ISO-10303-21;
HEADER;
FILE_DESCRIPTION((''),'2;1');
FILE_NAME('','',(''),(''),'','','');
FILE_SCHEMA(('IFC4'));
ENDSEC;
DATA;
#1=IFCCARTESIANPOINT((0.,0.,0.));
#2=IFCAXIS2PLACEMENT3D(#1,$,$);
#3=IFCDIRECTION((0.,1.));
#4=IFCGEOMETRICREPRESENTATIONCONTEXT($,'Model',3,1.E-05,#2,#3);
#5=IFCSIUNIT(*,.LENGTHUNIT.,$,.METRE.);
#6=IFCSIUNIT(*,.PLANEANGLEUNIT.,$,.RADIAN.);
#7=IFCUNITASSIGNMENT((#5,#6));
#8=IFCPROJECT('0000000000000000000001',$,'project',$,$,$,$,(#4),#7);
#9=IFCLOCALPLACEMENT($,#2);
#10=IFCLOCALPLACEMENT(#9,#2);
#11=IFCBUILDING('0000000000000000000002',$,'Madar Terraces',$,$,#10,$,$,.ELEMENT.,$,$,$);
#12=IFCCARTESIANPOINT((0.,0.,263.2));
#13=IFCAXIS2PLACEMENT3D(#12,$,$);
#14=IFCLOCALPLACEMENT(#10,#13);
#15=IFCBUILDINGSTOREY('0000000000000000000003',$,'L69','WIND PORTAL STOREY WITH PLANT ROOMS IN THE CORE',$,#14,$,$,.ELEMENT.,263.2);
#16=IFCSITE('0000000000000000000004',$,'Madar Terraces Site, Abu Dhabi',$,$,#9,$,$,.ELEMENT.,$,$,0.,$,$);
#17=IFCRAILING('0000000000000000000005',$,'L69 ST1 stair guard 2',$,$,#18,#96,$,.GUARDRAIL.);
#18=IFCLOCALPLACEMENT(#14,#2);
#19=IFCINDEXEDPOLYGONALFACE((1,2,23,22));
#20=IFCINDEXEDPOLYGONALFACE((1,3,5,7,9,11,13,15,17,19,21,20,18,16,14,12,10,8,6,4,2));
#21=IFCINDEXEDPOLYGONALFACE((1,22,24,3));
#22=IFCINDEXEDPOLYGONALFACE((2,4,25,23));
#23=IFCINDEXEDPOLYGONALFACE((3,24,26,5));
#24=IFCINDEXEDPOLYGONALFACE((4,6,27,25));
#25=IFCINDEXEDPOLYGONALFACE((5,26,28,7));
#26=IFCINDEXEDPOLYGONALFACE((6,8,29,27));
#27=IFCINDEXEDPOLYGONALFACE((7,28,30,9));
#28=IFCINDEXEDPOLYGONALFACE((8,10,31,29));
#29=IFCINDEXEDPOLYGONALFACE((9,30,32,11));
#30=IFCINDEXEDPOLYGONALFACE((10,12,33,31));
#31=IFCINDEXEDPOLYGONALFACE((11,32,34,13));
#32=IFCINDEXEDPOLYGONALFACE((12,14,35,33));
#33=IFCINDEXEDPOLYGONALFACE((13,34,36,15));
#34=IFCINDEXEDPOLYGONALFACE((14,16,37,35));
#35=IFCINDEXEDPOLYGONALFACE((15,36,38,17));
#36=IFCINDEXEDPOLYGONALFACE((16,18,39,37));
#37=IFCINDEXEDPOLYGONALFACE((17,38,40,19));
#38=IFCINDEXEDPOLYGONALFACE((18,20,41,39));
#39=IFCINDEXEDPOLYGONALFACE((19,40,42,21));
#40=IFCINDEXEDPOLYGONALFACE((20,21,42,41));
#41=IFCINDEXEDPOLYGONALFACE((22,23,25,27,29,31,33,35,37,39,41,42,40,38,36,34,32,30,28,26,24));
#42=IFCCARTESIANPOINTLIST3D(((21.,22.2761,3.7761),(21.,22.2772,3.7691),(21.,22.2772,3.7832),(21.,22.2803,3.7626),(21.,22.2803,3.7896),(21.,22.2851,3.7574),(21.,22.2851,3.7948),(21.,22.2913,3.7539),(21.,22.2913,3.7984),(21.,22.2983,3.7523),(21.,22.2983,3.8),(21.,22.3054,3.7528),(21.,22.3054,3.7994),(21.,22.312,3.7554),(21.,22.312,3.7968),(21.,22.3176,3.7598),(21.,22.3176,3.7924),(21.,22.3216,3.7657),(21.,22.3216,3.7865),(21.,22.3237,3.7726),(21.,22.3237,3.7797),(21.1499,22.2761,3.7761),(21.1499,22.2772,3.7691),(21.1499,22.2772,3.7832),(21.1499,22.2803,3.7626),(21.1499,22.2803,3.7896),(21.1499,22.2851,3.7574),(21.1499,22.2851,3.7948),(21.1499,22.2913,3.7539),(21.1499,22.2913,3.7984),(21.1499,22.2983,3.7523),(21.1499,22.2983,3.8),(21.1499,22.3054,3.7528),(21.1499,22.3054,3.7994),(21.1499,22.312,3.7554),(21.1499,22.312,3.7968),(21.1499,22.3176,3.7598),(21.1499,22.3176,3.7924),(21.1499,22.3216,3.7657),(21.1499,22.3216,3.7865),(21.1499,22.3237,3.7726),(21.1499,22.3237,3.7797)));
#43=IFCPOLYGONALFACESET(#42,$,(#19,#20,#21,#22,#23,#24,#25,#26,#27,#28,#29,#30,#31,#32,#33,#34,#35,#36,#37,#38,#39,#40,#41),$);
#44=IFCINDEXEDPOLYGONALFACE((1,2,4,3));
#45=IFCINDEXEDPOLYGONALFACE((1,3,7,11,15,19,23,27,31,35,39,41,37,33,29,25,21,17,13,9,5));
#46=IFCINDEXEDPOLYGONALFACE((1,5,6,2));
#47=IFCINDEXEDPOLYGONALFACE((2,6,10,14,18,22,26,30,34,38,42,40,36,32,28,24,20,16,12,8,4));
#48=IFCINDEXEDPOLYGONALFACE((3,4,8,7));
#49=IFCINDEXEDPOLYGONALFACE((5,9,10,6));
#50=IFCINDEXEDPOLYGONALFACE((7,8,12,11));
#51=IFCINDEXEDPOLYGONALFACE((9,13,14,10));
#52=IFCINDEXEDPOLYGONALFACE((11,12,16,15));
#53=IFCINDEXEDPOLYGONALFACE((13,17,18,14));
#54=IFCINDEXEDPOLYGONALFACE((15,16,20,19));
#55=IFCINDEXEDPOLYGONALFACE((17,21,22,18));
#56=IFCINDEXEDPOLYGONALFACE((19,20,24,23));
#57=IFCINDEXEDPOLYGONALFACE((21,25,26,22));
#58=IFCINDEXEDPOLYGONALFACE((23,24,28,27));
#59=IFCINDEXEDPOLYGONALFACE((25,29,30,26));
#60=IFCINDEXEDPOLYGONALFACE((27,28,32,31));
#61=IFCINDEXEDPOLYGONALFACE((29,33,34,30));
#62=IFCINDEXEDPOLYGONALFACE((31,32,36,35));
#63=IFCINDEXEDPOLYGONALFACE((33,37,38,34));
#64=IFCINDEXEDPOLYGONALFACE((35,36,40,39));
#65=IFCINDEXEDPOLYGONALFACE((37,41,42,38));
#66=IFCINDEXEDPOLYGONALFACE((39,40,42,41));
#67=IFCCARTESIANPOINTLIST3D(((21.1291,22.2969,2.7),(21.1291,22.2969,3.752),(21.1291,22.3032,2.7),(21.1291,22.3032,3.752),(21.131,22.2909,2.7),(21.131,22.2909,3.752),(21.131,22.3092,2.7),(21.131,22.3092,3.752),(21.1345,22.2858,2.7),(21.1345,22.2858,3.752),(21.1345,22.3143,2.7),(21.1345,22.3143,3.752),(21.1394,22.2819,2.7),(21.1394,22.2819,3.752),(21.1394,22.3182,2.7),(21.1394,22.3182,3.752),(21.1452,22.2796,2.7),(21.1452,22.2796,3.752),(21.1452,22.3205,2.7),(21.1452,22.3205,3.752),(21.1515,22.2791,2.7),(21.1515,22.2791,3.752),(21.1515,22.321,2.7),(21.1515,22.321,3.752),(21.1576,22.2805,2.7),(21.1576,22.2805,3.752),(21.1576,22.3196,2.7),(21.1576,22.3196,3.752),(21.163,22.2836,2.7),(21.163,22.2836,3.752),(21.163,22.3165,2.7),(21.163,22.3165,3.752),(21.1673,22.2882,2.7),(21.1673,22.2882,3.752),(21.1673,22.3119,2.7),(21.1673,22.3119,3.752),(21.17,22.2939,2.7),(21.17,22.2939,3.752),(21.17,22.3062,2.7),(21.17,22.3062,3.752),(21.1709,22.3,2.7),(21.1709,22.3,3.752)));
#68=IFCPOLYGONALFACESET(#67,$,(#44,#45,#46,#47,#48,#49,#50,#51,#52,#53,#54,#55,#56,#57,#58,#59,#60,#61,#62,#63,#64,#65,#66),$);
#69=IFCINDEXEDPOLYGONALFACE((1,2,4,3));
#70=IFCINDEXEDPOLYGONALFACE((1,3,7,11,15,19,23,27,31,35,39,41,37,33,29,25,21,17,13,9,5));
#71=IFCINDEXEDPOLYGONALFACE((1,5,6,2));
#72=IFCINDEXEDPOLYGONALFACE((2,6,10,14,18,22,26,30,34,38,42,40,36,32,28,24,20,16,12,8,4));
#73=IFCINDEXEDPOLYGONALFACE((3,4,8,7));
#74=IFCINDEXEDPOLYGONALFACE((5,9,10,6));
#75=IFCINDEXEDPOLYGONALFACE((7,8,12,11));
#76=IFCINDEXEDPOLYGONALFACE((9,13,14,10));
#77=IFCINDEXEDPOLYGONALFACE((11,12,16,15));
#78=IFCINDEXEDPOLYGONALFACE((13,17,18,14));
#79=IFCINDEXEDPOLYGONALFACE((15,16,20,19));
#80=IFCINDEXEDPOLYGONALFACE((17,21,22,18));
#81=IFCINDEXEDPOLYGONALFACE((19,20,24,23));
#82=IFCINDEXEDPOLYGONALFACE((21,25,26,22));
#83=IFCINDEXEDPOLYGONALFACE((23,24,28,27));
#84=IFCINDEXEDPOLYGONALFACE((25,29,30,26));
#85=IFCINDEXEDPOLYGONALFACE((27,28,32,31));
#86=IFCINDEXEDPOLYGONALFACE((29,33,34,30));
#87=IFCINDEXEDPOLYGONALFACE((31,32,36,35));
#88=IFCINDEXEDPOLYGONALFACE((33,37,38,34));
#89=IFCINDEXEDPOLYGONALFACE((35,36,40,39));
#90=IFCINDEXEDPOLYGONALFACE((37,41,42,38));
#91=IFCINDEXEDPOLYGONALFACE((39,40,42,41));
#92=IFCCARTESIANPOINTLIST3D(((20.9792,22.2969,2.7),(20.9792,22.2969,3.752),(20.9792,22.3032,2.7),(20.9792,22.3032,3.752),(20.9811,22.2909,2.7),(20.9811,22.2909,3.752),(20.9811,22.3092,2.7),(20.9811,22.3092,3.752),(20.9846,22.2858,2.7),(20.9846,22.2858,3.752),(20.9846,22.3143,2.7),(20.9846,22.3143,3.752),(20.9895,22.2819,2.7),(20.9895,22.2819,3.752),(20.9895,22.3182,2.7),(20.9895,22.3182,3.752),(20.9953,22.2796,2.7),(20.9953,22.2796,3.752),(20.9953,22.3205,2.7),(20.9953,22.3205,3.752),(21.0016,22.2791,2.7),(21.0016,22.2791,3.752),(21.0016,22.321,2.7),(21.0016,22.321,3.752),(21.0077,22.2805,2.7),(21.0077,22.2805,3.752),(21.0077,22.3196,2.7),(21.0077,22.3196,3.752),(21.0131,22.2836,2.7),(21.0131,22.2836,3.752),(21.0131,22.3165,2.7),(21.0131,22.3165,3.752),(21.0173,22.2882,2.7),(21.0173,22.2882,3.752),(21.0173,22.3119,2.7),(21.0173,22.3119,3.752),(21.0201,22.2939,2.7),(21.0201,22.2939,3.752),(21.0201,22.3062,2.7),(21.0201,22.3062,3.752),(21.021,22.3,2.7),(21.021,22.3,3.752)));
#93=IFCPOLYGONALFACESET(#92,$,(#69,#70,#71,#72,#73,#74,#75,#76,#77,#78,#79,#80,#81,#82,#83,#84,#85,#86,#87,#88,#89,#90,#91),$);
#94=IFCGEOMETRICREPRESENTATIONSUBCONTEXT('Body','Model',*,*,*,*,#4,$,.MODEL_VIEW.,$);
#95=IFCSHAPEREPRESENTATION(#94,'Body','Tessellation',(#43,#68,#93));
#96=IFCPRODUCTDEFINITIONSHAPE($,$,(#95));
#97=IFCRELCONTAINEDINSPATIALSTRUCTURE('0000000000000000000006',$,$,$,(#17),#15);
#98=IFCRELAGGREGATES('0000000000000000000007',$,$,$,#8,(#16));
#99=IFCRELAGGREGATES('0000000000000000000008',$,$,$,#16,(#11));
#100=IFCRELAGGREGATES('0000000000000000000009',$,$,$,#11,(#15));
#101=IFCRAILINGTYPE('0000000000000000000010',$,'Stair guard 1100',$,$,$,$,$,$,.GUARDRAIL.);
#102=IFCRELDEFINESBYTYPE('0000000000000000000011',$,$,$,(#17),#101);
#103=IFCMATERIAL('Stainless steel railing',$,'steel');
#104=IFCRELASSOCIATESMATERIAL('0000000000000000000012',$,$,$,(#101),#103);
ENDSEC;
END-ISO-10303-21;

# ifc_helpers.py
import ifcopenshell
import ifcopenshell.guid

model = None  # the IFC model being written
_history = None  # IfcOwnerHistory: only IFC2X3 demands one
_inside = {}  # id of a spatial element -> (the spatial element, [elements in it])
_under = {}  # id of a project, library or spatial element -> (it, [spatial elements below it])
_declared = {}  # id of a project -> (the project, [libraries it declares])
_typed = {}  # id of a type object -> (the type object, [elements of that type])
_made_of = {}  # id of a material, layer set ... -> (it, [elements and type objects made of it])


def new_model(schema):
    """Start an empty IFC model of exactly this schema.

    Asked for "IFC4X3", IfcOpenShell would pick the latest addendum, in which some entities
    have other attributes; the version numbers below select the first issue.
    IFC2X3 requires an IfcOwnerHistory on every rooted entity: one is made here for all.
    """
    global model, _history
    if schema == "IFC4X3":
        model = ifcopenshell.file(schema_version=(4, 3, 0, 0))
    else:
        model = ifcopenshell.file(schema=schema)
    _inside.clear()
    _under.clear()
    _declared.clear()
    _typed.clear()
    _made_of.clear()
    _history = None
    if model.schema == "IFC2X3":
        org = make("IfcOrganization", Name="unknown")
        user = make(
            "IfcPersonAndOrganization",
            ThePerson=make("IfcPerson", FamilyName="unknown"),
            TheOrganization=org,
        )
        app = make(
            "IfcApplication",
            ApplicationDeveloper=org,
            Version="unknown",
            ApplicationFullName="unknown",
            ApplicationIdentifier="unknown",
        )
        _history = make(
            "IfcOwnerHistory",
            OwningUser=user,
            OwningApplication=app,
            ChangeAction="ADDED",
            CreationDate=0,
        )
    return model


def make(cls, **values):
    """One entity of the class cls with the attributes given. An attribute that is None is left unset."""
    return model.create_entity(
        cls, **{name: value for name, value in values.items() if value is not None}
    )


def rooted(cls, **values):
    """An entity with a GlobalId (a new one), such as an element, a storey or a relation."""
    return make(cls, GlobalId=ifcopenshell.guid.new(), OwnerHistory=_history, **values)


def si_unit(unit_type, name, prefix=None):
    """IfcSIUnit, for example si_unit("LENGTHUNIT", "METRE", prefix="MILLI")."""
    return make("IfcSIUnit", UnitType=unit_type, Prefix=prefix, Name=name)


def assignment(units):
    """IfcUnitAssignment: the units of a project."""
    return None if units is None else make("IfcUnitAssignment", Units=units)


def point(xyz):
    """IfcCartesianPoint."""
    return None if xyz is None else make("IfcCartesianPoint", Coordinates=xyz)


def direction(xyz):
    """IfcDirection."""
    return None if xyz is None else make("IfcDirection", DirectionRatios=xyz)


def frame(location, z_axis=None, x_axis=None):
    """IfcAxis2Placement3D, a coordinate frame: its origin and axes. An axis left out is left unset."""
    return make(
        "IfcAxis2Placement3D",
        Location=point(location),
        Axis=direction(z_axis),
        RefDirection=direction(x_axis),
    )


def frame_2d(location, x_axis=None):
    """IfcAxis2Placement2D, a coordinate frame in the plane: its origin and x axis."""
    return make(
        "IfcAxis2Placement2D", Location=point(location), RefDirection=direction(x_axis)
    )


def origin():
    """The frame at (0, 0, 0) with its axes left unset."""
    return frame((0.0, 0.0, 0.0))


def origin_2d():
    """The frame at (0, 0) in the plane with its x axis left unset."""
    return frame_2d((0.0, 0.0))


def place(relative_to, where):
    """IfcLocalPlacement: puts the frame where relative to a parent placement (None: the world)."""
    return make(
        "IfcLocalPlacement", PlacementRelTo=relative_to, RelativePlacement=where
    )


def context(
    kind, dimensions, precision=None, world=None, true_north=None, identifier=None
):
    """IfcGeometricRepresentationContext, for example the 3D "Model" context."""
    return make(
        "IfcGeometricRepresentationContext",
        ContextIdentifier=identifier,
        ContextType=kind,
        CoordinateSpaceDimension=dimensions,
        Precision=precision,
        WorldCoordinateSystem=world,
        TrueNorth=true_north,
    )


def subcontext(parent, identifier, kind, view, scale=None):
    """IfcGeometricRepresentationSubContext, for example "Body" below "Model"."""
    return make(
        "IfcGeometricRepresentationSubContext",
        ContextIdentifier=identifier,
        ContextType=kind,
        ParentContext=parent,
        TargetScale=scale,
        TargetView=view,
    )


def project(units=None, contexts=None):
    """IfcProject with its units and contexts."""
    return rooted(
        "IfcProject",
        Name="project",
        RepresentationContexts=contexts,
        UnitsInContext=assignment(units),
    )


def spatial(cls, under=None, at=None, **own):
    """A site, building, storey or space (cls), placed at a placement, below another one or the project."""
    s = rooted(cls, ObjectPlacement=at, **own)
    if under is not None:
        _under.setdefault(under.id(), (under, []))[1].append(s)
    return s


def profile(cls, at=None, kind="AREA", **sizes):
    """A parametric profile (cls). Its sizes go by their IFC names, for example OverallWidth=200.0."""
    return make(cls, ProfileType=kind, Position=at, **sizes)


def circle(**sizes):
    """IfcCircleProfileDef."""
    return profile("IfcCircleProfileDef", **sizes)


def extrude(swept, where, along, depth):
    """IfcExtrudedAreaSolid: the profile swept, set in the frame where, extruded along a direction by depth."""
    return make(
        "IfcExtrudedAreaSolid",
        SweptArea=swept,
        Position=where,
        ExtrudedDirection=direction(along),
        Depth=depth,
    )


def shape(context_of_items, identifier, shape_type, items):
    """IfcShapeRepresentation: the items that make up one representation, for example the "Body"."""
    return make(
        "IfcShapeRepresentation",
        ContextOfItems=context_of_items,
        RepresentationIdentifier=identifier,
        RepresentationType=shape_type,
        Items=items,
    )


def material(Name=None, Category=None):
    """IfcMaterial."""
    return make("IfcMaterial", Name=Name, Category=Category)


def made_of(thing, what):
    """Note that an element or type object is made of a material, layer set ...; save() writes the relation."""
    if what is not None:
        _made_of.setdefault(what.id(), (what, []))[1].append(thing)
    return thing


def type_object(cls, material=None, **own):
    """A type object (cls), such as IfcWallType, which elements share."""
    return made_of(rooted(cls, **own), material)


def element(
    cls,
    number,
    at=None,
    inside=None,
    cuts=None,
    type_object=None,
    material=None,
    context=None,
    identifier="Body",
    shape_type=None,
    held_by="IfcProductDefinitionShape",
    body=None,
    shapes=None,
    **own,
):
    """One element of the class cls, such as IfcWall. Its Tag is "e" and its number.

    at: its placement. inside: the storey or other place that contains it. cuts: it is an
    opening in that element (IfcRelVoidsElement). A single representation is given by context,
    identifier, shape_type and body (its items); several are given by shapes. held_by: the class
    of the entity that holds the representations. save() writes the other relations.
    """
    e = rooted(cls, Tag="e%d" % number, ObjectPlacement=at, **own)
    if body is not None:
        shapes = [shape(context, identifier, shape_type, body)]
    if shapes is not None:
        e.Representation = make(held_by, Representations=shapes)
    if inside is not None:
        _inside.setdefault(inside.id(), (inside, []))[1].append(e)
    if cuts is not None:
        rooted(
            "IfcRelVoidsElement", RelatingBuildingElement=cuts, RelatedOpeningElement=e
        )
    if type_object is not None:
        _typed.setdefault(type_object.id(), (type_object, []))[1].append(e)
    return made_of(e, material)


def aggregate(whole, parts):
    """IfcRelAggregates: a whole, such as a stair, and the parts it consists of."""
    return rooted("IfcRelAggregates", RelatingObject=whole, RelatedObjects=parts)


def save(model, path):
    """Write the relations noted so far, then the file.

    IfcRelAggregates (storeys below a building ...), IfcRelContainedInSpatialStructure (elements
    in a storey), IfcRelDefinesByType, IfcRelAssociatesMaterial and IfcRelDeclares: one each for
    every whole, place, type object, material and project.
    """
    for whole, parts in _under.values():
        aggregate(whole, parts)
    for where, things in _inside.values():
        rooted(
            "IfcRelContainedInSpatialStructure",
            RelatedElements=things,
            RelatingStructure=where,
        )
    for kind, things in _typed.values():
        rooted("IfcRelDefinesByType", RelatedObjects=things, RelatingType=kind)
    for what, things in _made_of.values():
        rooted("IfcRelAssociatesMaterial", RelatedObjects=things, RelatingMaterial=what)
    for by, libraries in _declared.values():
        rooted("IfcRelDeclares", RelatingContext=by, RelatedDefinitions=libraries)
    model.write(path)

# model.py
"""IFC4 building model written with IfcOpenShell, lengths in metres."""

from ifc_helpers import new_model, si_unit, direction, frame, origin, origin_2d, place, context, subcontext, project, spatial, circle, extrude, material, type_object, element, save


model = new_model("IFC4")

# Units and contexts
model_context = context("Model", 3, precision=1e-05, world=origin(), true_north=direction((0.0, 1.0)))
body_context = subcontext(model_context, "Body", "Model", "MODEL_VIEW")
ifc_project = project(units=[si_unit("LENGTHUNIT", "METRE"), si_unit("PLANEANGLEUNIT", "RADIAN")], contexts=[model_context])

# Site, building, storey
site_placement = place(None, origin())
site = spatial("IfcSite", under=ifc_project, at=site_placement, Name="Madar Terraces Site, Abu Dhabi", CompositionType="ELEMENT", RefElevation=0.0)
building_placement = place(site_placement, origin())
building = spatial("IfcBuilding", under=site, at=building_placement, Name="Madar Terraces", CompositionType="ELEMENT")
storey_placement = place(building_placement, frame((0.0, 0.0, 263.2)))
storey = spatial("IfcBuildingStorey", under=building, at=storey_placement, Name="L69", Description="WIND PORTAL STOREY WITH PLANT ROOMS IN THE CORE", CompositionType="ELEMENT", Elevation=263.2)

# Railing
ifc_material_1 = material(Name="Stainless steel railing", Category="steel")
railing_type_1 = type_object("IfcRailingType", Name="Stair guard 1100", PredefinedType="GUARDRAIL", material=ifc_material_1)
railing_1_placement = place(storey_placement, frame((21.1499, 22.3, 2.7)))
element("IfcRailing", 1, at=railing_1_placement, inside=storey, type_object=railing_type_1, Name="L69 ST1 stair guard 2", PredefinedType="GUARDRAIL", context=body_context, shape_type="SweptSolid", body=[
    extrude(circle(Radius=0.0239, at=origin_2d()), frame((0.0, 0.0, 1.0762), z_axis=(-1.0, 0.0, 0.0), x_axis=(0.0, -1.0, 0.0)), (0.0, 0.0, 1.0), 0.1499),
    extrude(circle(Radius=0.021, at=origin_2d()), origin(), (0.0, 0.0, 1.0), 1.052),
    extrude(circle(Radius=0.021, at=origin_2d()), frame((-0.1499, 0.0, 0.0)), (0.0, 0.0, 1.0), 1.052),
])

save(model, "model.ifc")
